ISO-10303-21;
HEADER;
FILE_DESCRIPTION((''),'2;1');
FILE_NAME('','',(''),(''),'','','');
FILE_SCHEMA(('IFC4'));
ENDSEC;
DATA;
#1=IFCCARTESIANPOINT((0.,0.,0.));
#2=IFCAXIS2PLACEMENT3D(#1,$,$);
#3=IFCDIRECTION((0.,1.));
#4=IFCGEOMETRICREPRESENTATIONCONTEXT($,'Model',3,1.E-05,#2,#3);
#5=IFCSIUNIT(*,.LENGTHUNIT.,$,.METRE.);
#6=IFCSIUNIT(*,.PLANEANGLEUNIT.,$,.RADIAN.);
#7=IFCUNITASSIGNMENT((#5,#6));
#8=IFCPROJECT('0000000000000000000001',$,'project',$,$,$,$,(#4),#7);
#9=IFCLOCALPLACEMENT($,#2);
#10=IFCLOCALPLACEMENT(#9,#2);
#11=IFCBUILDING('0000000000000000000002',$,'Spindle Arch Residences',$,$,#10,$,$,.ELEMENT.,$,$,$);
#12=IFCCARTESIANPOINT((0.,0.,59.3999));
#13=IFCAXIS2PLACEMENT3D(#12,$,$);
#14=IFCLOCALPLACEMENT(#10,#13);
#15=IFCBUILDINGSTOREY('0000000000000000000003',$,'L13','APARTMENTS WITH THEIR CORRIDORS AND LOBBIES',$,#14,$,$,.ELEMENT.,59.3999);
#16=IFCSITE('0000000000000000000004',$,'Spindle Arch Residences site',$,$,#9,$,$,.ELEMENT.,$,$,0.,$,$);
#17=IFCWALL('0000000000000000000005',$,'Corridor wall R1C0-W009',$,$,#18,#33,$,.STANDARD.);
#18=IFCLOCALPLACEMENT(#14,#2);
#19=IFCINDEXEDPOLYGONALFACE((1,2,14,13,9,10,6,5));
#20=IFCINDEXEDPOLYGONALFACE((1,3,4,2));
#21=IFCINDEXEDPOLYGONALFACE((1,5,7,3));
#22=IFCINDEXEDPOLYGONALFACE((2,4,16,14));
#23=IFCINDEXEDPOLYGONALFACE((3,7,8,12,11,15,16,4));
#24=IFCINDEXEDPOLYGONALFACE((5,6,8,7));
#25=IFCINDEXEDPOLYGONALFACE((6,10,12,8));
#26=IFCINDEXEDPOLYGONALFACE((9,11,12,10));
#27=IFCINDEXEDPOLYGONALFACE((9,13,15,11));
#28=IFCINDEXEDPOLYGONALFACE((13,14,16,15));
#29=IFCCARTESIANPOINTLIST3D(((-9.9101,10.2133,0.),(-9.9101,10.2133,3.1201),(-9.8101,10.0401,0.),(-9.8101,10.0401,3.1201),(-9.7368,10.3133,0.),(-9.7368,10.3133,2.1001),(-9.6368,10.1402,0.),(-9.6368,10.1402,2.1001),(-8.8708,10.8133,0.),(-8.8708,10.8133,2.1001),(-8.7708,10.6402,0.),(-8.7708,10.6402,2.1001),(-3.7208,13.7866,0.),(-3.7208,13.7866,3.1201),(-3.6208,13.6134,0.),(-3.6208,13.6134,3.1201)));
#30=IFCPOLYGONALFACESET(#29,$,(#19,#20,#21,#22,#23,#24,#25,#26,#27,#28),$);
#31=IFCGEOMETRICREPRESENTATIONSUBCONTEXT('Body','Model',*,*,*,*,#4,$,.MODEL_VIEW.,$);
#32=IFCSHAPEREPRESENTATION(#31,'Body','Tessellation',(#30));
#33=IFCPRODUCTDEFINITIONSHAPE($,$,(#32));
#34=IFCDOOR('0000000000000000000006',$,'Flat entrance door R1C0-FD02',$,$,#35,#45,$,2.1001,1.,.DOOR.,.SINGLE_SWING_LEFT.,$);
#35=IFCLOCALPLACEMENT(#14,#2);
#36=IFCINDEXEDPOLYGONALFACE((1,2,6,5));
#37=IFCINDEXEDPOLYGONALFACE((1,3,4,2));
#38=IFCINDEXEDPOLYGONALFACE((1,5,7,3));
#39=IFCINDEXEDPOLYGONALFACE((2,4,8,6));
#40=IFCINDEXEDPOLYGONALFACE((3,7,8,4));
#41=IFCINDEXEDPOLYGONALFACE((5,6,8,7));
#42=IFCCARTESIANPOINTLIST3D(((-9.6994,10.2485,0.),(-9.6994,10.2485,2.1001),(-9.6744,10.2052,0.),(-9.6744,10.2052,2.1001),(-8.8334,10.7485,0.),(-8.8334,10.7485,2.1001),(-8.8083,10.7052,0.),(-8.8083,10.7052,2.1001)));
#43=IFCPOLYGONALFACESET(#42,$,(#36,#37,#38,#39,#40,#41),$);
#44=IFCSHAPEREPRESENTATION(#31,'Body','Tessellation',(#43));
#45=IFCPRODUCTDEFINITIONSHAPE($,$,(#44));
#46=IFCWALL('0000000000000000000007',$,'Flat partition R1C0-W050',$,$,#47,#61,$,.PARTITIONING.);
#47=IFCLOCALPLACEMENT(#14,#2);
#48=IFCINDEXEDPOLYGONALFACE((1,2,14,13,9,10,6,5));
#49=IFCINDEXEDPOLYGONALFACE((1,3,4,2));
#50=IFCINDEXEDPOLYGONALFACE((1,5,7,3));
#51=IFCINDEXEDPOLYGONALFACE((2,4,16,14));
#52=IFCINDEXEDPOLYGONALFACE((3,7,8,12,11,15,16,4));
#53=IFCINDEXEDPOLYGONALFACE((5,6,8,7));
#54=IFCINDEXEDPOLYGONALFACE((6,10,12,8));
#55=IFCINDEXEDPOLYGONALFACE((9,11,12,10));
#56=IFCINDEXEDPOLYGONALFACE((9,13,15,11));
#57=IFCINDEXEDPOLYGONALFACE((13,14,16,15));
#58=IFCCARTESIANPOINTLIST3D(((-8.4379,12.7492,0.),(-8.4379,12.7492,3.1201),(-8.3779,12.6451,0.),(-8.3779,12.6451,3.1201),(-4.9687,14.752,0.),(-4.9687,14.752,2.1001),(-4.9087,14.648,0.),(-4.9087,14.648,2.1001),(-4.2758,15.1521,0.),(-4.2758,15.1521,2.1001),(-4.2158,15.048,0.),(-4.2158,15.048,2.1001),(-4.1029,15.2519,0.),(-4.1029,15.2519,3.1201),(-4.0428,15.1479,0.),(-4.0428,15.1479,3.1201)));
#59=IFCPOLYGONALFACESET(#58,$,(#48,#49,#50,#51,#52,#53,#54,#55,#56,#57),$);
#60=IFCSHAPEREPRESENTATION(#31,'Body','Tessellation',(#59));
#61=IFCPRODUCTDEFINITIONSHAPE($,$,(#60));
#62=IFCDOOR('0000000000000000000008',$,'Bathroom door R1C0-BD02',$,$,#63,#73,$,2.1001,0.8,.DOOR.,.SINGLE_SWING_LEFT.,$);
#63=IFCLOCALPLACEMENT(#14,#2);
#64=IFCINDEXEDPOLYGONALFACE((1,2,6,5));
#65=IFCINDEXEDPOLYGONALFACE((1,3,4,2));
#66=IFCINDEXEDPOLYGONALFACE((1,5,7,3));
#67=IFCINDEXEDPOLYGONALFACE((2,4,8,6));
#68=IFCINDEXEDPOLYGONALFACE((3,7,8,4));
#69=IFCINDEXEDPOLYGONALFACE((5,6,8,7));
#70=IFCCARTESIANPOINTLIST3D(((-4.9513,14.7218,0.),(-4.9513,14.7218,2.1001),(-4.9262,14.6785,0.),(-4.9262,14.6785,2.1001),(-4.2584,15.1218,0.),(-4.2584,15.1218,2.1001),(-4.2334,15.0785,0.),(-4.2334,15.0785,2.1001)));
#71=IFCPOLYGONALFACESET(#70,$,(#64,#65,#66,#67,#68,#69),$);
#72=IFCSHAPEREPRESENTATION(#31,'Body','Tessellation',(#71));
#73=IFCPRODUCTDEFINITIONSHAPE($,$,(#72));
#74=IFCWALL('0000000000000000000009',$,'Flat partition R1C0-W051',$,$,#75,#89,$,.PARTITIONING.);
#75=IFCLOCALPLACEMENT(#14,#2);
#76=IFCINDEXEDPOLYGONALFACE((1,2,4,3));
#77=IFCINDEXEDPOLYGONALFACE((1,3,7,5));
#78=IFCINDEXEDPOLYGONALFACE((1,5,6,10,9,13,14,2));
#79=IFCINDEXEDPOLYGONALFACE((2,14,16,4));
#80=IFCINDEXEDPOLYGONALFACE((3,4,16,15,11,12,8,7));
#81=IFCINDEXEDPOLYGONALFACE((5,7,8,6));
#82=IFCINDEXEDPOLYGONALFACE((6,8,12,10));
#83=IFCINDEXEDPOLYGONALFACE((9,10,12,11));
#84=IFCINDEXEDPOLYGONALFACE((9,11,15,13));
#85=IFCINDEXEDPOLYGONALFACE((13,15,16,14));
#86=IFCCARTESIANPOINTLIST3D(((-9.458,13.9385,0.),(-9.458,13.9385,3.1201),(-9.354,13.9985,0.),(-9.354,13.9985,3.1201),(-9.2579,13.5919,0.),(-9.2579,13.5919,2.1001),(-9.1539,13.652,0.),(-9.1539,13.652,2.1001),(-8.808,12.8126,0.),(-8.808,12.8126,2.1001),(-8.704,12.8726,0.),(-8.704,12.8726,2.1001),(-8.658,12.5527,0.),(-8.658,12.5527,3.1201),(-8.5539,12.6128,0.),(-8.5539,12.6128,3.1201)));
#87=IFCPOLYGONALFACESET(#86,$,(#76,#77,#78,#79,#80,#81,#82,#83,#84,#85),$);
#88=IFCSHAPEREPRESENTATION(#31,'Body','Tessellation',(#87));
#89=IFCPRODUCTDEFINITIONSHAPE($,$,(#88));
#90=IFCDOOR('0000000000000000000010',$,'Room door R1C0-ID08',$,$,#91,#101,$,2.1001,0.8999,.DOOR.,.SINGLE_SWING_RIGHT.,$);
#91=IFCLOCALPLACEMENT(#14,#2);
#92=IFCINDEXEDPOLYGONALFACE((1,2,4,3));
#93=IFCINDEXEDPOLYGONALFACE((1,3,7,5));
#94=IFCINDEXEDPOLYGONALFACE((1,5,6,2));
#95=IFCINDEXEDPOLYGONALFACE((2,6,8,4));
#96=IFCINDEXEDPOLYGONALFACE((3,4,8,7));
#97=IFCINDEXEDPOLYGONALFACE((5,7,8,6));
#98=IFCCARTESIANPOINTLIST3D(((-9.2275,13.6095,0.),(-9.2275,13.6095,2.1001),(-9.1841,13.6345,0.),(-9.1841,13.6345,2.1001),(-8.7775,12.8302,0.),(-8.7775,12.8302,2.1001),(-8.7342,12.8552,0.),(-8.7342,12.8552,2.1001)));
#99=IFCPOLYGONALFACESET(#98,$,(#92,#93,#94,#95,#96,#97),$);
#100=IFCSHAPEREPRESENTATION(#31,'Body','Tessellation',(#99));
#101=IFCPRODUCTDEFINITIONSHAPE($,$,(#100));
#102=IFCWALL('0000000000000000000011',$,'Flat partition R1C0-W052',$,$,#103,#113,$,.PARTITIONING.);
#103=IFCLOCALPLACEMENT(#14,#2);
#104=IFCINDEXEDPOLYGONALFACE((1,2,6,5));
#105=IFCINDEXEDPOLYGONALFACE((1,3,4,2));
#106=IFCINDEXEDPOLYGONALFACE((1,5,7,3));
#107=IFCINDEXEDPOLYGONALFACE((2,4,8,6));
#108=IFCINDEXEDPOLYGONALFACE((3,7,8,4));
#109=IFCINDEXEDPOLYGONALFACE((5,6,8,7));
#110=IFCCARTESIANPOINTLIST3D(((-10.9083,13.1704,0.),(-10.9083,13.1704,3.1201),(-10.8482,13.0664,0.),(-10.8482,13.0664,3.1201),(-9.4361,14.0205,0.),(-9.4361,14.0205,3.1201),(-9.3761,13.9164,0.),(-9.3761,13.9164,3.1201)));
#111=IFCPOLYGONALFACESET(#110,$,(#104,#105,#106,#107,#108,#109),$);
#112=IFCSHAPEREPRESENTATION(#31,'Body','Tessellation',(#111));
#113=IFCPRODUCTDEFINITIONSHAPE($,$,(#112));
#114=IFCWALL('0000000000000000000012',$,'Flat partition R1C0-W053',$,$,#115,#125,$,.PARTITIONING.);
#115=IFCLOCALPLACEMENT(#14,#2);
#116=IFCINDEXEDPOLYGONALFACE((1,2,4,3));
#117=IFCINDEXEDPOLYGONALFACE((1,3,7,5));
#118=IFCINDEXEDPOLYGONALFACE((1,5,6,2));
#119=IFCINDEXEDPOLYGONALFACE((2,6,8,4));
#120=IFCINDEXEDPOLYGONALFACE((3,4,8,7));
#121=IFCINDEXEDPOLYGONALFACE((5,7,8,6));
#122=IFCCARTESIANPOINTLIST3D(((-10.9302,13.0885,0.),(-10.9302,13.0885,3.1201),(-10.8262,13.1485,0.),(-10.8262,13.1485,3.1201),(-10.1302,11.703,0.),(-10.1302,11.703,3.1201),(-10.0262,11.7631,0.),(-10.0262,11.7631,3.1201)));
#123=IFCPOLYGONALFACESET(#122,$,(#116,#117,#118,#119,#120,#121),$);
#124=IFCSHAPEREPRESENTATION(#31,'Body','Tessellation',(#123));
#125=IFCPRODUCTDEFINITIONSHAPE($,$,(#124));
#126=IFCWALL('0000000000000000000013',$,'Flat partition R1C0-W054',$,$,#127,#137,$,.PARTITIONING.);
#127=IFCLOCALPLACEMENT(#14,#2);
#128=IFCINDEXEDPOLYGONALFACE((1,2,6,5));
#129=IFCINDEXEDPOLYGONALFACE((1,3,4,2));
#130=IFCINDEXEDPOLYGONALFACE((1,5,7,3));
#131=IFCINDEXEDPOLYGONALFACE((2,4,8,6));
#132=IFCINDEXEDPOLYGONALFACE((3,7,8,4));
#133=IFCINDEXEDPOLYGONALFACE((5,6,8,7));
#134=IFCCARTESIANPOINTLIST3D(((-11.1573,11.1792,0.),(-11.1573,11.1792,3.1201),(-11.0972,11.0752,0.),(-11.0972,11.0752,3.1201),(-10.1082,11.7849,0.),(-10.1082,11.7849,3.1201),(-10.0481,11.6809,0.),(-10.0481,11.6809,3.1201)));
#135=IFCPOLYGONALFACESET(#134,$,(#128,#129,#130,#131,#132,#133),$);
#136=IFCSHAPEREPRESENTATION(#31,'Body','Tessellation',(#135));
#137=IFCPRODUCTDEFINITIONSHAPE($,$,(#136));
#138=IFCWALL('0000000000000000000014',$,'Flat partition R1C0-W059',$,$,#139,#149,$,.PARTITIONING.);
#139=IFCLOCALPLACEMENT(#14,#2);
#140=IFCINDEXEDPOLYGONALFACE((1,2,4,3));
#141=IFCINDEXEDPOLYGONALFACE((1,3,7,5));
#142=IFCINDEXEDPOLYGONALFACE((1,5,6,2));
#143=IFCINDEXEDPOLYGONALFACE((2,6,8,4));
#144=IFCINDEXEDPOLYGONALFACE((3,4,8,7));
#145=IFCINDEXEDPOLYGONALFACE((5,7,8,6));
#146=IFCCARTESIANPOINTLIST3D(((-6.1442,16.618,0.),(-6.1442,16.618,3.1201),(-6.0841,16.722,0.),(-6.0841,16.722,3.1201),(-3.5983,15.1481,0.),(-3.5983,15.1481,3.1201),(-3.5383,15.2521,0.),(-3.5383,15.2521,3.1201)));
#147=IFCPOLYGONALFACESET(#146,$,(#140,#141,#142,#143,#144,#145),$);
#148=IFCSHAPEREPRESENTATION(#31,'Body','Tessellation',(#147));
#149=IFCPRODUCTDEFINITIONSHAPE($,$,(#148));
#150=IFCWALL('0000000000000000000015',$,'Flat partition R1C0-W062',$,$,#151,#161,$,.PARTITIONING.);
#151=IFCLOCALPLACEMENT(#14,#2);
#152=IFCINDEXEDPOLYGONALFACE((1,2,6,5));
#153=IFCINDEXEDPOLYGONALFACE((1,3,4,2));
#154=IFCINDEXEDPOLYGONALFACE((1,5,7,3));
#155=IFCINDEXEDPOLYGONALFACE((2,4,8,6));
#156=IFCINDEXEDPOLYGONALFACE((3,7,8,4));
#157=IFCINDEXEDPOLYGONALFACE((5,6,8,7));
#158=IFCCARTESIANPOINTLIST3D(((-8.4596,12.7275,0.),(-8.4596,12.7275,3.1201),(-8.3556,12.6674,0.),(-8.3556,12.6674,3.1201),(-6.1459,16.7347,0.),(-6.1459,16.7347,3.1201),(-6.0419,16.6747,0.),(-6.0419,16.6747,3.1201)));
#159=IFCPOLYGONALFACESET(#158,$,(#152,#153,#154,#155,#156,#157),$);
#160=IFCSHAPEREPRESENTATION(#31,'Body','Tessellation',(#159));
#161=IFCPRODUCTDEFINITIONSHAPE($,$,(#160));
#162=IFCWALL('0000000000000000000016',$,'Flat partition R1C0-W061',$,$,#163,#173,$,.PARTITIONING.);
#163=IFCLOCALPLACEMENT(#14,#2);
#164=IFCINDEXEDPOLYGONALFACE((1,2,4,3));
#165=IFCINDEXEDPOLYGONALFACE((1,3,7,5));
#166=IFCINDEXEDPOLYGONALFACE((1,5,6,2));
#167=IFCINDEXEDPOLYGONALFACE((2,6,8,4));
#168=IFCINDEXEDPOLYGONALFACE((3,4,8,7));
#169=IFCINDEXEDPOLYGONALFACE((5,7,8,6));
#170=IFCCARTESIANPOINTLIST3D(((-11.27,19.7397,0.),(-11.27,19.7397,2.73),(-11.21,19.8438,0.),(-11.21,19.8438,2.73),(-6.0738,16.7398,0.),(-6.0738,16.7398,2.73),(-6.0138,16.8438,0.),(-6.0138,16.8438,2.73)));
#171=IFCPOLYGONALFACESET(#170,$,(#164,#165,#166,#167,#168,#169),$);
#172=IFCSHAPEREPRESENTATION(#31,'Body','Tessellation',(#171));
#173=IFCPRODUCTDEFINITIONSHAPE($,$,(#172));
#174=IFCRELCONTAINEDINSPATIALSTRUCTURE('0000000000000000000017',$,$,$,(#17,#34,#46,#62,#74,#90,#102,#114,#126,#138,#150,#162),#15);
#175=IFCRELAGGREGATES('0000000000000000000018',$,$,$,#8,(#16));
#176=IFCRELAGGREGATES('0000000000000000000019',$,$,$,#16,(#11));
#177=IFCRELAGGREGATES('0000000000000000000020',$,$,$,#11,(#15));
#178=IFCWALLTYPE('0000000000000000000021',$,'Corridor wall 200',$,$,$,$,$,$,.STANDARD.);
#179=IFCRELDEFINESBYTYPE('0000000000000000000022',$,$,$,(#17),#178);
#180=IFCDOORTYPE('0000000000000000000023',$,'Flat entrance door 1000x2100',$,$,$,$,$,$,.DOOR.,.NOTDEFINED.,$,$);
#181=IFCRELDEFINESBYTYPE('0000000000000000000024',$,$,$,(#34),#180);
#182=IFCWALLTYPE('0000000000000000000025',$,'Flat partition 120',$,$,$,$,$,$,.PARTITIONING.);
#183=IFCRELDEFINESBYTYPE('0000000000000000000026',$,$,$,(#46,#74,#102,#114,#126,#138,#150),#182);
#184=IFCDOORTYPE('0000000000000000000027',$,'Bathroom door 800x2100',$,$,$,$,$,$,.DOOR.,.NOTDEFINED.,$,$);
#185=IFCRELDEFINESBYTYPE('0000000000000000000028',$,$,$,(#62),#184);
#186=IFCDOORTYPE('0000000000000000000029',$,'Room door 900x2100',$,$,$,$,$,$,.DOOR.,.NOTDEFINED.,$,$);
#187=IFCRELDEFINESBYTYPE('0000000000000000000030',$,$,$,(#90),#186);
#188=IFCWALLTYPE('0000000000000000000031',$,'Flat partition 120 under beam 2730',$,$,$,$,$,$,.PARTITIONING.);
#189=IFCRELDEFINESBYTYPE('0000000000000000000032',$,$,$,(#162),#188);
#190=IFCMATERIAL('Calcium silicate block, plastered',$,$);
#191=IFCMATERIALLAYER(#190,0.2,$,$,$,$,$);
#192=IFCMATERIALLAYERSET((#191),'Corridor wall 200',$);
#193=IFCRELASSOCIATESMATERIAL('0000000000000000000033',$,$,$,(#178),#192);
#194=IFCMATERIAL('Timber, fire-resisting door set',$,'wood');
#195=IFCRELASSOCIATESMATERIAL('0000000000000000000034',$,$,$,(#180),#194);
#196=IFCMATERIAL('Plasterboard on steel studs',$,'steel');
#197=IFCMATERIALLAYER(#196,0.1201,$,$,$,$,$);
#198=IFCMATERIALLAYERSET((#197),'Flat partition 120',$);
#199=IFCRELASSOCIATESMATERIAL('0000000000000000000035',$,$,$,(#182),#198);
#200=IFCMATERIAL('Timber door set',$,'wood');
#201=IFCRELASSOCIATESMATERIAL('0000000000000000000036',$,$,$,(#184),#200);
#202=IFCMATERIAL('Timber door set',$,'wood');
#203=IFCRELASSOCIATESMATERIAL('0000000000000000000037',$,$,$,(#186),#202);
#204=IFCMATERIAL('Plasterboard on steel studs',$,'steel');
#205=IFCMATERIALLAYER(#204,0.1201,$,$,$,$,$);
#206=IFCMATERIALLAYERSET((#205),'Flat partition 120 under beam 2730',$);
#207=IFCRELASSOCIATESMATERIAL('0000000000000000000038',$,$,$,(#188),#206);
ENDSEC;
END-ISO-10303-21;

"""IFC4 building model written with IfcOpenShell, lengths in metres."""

from ifc_helpers import new_model, si_unit, direction, frame, frame_2d, origin, place, context, subcontext, project, spatial, rectangle, extrude, material, layer, layer_set, type_object, element, fill, save


model = new_model("IFC4")

# Units and contexts
model_context = context("Model", 3, precision=1e-05, world=origin(), true_north=direction((0.0, 1.0)))
body_context = subcontext(model_context, "Body", "Model", "MODEL_VIEW")
ifc_project = project(units=[si_unit("LENGTHUNIT", "METRE"), si_unit("PLANEANGLEUNIT", "RADIAN")], contexts=[model_context])

# Site, building, storey
site_placement = place(None, origin())
site = spatial("IfcSite", under=ifc_project, at=site_placement, Name="Spindle Arch Residences site", CompositionType="ELEMENT", RefElevation=0.0)
building_placement = place(site_placement, origin())
building = spatial("IfcBuilding", under=site, at=building_placement, Name="Spindle Arch Residences", CompositionType="ELEMENT")
storey_placement = place(building_placement, frame((0.0, 0.0, 59.3999)))
storey = spatial("IfcBuildingStorey", under=building, at=storey_placement, Name="L13", Description="APARTMENTS WITH THEIR CORRIDORS AND LOBBIES", CompositionType="ELEMENT", Elevation=59.3999)

# Walls, openings, doors
ifc_material_1 = material(Name="Calcium silicate block, plastered")
ifc_layer_1 = layer(ifc_material_1, 0.2)
ifc_layer_set_1 = layer_set([ifc_layer_1], Name="Corridor wall 200")
wall_type_1 = type_object("IfcWallType", Name="Corridor wall 200", PredefinedType="STANDARD", material=ifc_layer_set_1)
wall_1_placement = place(storey_placement, frame((-3.6709, 13.7, 0.0), z_axis=(0.0, 0.0, 1.0), x_axis=(-0.866031, -0.49999, 0.0)))
wall_1 = element("IfcWall", 1, at=wall_1_placement, inside=storey, type_object=wall_type_1, Name="Corridor wall R1C0-W009", PredefinedType="STANDARD", context=body_context, shape_type="SweptSolid", body=[
    extrude(rectangle(XDim=7.1467, YDim=0.2, at=frame_2d((3.5732, 0.0))), origin(), (0.0, 0.0, 1.0), 3.1201),
])
opening_1_placement = place(wall_1_placement, frame((5.9465, 0.0, 0.0)))
opening_1 = element("IfcOpeningElement", 2, at=opening_1_placement, cuts=wall_1, PredefinedType="OPENING", context=body_context, shape_type="SweptSolid", body=[
    extrude(rectangle(XDim=1.0, YDim=2.1001, at=frame_2d((0.5, 1.05))), frame((0.0, 0.1099, 0.0), z_axis=(0.0, -1.0, 0.0), x_axis=(1.0, 0.0, 0.0)), (0.0, 0.0, 1.0), 0.22),
])
ifc_material_2 = material(Name="Timber, fire-resisting door set", Category="wood")
door_type_1 = type_object("IfcDoorType", Name="Flat entrance door 1000x2100", OperationType="NOTDEFINED", PredefinedType="DOOR", material=ifc_material_2)
door_1_placement = place(opening_1_placement, origin())
door_1 = element("IfcDoor", 3, at=door_1_placement, inside=storey, type_object=door_type_1, Name="Flat entrance door R1C0-FD02", OperationType="SINGLE_SWING_LEFT", OverallHeight=2.1001, OverallWidth=1.0, PredefinedType="DOOR", context=body_context, shape_type="SweptSolid", body=[
    extrude(rectangle(XDim=1.0, YDim=2.1001, at=frame_2d((0.5, 1.05))), frame((0.0, 0.0249, 0.0), z_axis=(0.0, -1.0, 0.0), x_axis=(1.0, 0.0, 0.0)), (0.0, 0.0, 1.0), 0.05),
])
fill(opening_1, door_1)
ifc_material_3 = material(Name="Plasterboard on steel studs", Category="steel")
ifc_layer_2 = layer(ifc_material_3, 0.1201)
ifc_layer_set_2 = layer_set([ifc_layer_2], Name="Flat partition 120")
wall_type_2 = type_object("IfcWallType", Name="Flat partition 120", PredefinedType="PARTITIONING", material=ifc_layer_set_2)
wall_2_placement = place(storey_placement, frame((-4.0728, 15.2, 0.0), z_axis=(0.0, 0.0, 1.0), x_axis=(-0.866035, -0.499984, 0.0)))
wall_2 = element("IfcWall", 4, at=wall_2_placement, inside=storey, type_object=wall_type_2, Name="Flat partition R1C0-W050", PredefinedType="PARTITIONING", context=body_context, shape_type="SweptSolid", body=[
    extrude(rectangle(XDim=5.0056, YDim=0.1201, at=frame_2d((2.5029, 0.0))), origin(), (0.0, 0.0, 1.0), 3.1201),
])
opening_2_placement = place(wall_2_placement, frame((0.2, 0.0, 0.0)))
opening_2 = element("IfcOpeningElement", 5, at=opening_2_placement, cuts=wall_2, PredefinedType="OPENING", context=body_context, shape_type="SweptSolid", body=[
    extrude(rectangle(XDim=0.8, YDim=2.1001, at=frame_2d((0.3999, 1.05))), frame((0.0, 0.0701, 0.0), z_axis=(0.0, -1.0, 0.0), x_axis=(1.0, 0.0, 0.0)), (0.0, 0.0, 1.0), 0.1401),
])
ifc_material_4 = material(Name="Timber door set", Category="wood")
door_type_2 = type_object("IfcDoorType", Name="Bathroom door 800x2100", OperationType="NOTDEFINED", PredefinedType="DOOR", material=ifc_material_4)
door_2_placement = place(opening_2_placement, origin())
door_2 = element("IfcDoor", 6, at=door_2_placement, inside=storey, type_object=door_type_2, Name="Bathroom door R1C0-BD02", OperationType="SINGLE_SWING_LEFT", OverallHeight=2.1001, OverallWidth=0.8, PredefinedType="DOOR", context=body_context, shape_type="SweptSolid", body=[
    extrude(rectangle(XDim=0.8, YDim=2.1001, at=frame_2d((0.3999, 1.05))), frame((0.0, 0.0249, 0.0), z_axis=(0.0, -1.0, 0.0), x_axis=(1.0, 0.0, 0.0)), (0.0, 0.0, 1.0), 0.05),
])
fill(opening_2, door_2)
wall_3_placement = place(storey_placement, frame((-8.606, 12.5828, 0.0), z_axis=(0.0, 0.0, 1.0), x_axis=(-0.499995, 0.866028, 0.0)))
wall_3 = element("IfcWall", 7, at=wall_3_placement, inside=storey, type_object=wall_type_2, Name="Flat partition R1C0-W051", PredefinedType="PARTITIONING", context=body_context, shape_type="SweptSolid", body=[
    extrude(rectangle(XDim=1.6001, YDim=0.1201, at=frame_2d((0.8, 0.0))), origin(), (0.0, 0.0, 1.0), 3.1201),
])
opening_3_placement = place(wall_3_placement, frame((0.3, 0.0, 0.0)))
opening_3 = element("IfcOpeningElement", 8, at=opening_3_placement, cuts=wall_3, PredefinedType="OPENING", context=body_context, shape_type="SweptSolid", body=[
    extrude(rectangle(XDim=0.8999, YDim=2.1001, at=frame_2d((0.45, 1.05))), frame((0.0, 0.0701, 0.0), z_axis=(0.0, -1.0, 0.0), x_axis=(1.0, 0.0, 0.0)), (0.0, 0.0, 1.0), 0.1401),
])
ifc_material_5 = material(Name="Timber door set", Category="wood")
door_type_3 = type_object("IfcDoorType", Name="Room door 900x2100", OperationType="NOTDEFINED", PredefinedType="DOOR", material=ifc_material_5)
door_3_placement = place(opening_3_placement, origin())
door_3 = element("IfcDoor", 9, at=door_3_placement, inside=storey, type_object=door_type_3, Name="Room door R1C0-ID08", OperationType="SINGLE_SWING_RIGHT", OverallHeight=2.1001, OverallWidth=0.8999, PredefinedType="DOOR", context=body_context, shape_type="SweptSolid", body=[
    extrude(rectangle(XDim=0.8999, YDim=2.1001, at=frame_2d((0.45, 1.05))), frame((0.0, 0.0249, 0.0), z_axis=(0.0, -1.0, 0.0), x_axis=(1.0, 0.0, 0.0)), (0.0, 0.0, 1.0), 0.05),
])
fill(opening_3, door_3)

# Walls
wall_4_placement = place(storey_placement, frame((-9.406, 13.9685, 0.0), z_axis=(0.0, 0.0, 1.0), x_axis=(-0.865989, -0.500062, 0.0)))
element("IfcWall", 10, at=wall_4_placement, inside=storey, type_object=wall_type_2, Name="Flat partition R1C0-W052", PredefinedType="PARTITIONING", context=body_context, shape_type="SweptSolid", body=[
    extrude(rectangle(XDim=1.7, YDim=0.1201, at=frame_2d((0.8501, 0.0))), origin(), (0.0, 0.0, 1.0), 3.1201),
])
wall_5_placement = place(storey_placement, frame((-10.8782, 13.1184, 0.0), z_axis=(0.0, 0.0, 1.0), x_axis=(0.500061, -0.86599, 0.0)))
element("IfcWall", 11, at=wall_5_placement, inside=storey, type_object=wall_type_2, Name="Flat partition R1C0-W053", PredefinedType="PARTITIONING", context=body_context, shape_type="SweptSolid", body=[
    extrude(rectangle(XDim=1.5999, YDim=0.1201, at=frame_2d((0.7998, 0.0))), origin(), (0.0, 0.0, 1.0), 3.1201),
])
wall_6_placement = place(storey_placement, frame((-10.0781, 11.7329, 0.0), z_axis=(0.0, 0.0, 1.0), x_axis=(-0.866014, -0.500019, 0.0)))
element("IfcWall", 12, at=wall_6_placement, inside=storey, type_object=wall_type_2, Name="Flat partition R1C0-W054", PredefinedType="PARTITIONING", context=body_context, shape_type="SweptSolid", body=[
    extrude(rectangle(XDim=1.2114, YDim=0.1201, at=frame_2d((0.6057, 0.0))), origin(), (0.0, 0.0, 1.0), 3.1201),
])
wall_7_placement = place(storey_placement, frame((-6.114, 16.6699, 0.0), z_axis=(0.0, 0.0, 1.0), x_axis=(0.866011, -0.500024, 0.0)))
element("IfcWall", 13, at=wall_7_placement, inside=storey, type_object=wall_type_2, Name="Flat partition R1C0-W059", PredefinedType="PARTITIONING", context=body_context, shape_type="SweptSolid", body=[
    extrude(rectangle(XDim=2.9397, YDim=0.1201, at=frame_2d((1.4697, 0.0))), origin(), (0.0, 0.0, 1.0), 3.1201),
])
wall_8_placement = place(storey_placement, frame((-6.094, 16.7046, 0.0), z_axis=(0.0, 0.0, 1.0), x_axis=(-0.500015, -0.866017, 0.0)))
element("IfcWall", 14, at=wall_8_placement, inside=storey, type_object=wall_type_2, Name="Flat partition R1C0-W062", PredefinedType="PARTITIONING", context=body_context, shape_type="SweptSolid", body=[
    extrude(rectangle(XDim=4.6272, YDim=0.1201, at=frame_2d((2.3135, 0.0))), origin(), (0.0, 0.0, 1.0), 3.1201),
])
ifc_material_6 = material(Name="Plasterboard on steel studs", Category="steel")
ifc_layer_3 = layer(ifc_material_6, 0.1201)
ifc_layer_set_3 = layer_set([ifc_layer_3], Name="Flat partition 120 under beam 2730")
wall_type_3 = type_object("IfcWallType", Name="Flat partition 120 under beam 2730", PredefinedType="PARTITIONING", material=ifc_layer_set_3)
wall_9_placement = place(storey_placement, frame((-11.24, 19.7917, 0.0), z_axis=(0.0, 0.0, 1.0), x_axis=(0.866031, -0.49999, 0.0)))
element("IfcWall", 15, at=wall_9_placement, inside=storey, type_object=wall_type_3, Name="Flat partition R1C0-W061", PredefinedType="PARTITIONING", context=body_context, shape_type="SweptSolid", body=[
    extrude(rectangle(XDim=6.0, YDim=0.1201, at=frame_2d((3.0, 0.0))), origin(), (0.0, 0.0, 1.0), 2.73),
])

save(model, "model.ifc")
